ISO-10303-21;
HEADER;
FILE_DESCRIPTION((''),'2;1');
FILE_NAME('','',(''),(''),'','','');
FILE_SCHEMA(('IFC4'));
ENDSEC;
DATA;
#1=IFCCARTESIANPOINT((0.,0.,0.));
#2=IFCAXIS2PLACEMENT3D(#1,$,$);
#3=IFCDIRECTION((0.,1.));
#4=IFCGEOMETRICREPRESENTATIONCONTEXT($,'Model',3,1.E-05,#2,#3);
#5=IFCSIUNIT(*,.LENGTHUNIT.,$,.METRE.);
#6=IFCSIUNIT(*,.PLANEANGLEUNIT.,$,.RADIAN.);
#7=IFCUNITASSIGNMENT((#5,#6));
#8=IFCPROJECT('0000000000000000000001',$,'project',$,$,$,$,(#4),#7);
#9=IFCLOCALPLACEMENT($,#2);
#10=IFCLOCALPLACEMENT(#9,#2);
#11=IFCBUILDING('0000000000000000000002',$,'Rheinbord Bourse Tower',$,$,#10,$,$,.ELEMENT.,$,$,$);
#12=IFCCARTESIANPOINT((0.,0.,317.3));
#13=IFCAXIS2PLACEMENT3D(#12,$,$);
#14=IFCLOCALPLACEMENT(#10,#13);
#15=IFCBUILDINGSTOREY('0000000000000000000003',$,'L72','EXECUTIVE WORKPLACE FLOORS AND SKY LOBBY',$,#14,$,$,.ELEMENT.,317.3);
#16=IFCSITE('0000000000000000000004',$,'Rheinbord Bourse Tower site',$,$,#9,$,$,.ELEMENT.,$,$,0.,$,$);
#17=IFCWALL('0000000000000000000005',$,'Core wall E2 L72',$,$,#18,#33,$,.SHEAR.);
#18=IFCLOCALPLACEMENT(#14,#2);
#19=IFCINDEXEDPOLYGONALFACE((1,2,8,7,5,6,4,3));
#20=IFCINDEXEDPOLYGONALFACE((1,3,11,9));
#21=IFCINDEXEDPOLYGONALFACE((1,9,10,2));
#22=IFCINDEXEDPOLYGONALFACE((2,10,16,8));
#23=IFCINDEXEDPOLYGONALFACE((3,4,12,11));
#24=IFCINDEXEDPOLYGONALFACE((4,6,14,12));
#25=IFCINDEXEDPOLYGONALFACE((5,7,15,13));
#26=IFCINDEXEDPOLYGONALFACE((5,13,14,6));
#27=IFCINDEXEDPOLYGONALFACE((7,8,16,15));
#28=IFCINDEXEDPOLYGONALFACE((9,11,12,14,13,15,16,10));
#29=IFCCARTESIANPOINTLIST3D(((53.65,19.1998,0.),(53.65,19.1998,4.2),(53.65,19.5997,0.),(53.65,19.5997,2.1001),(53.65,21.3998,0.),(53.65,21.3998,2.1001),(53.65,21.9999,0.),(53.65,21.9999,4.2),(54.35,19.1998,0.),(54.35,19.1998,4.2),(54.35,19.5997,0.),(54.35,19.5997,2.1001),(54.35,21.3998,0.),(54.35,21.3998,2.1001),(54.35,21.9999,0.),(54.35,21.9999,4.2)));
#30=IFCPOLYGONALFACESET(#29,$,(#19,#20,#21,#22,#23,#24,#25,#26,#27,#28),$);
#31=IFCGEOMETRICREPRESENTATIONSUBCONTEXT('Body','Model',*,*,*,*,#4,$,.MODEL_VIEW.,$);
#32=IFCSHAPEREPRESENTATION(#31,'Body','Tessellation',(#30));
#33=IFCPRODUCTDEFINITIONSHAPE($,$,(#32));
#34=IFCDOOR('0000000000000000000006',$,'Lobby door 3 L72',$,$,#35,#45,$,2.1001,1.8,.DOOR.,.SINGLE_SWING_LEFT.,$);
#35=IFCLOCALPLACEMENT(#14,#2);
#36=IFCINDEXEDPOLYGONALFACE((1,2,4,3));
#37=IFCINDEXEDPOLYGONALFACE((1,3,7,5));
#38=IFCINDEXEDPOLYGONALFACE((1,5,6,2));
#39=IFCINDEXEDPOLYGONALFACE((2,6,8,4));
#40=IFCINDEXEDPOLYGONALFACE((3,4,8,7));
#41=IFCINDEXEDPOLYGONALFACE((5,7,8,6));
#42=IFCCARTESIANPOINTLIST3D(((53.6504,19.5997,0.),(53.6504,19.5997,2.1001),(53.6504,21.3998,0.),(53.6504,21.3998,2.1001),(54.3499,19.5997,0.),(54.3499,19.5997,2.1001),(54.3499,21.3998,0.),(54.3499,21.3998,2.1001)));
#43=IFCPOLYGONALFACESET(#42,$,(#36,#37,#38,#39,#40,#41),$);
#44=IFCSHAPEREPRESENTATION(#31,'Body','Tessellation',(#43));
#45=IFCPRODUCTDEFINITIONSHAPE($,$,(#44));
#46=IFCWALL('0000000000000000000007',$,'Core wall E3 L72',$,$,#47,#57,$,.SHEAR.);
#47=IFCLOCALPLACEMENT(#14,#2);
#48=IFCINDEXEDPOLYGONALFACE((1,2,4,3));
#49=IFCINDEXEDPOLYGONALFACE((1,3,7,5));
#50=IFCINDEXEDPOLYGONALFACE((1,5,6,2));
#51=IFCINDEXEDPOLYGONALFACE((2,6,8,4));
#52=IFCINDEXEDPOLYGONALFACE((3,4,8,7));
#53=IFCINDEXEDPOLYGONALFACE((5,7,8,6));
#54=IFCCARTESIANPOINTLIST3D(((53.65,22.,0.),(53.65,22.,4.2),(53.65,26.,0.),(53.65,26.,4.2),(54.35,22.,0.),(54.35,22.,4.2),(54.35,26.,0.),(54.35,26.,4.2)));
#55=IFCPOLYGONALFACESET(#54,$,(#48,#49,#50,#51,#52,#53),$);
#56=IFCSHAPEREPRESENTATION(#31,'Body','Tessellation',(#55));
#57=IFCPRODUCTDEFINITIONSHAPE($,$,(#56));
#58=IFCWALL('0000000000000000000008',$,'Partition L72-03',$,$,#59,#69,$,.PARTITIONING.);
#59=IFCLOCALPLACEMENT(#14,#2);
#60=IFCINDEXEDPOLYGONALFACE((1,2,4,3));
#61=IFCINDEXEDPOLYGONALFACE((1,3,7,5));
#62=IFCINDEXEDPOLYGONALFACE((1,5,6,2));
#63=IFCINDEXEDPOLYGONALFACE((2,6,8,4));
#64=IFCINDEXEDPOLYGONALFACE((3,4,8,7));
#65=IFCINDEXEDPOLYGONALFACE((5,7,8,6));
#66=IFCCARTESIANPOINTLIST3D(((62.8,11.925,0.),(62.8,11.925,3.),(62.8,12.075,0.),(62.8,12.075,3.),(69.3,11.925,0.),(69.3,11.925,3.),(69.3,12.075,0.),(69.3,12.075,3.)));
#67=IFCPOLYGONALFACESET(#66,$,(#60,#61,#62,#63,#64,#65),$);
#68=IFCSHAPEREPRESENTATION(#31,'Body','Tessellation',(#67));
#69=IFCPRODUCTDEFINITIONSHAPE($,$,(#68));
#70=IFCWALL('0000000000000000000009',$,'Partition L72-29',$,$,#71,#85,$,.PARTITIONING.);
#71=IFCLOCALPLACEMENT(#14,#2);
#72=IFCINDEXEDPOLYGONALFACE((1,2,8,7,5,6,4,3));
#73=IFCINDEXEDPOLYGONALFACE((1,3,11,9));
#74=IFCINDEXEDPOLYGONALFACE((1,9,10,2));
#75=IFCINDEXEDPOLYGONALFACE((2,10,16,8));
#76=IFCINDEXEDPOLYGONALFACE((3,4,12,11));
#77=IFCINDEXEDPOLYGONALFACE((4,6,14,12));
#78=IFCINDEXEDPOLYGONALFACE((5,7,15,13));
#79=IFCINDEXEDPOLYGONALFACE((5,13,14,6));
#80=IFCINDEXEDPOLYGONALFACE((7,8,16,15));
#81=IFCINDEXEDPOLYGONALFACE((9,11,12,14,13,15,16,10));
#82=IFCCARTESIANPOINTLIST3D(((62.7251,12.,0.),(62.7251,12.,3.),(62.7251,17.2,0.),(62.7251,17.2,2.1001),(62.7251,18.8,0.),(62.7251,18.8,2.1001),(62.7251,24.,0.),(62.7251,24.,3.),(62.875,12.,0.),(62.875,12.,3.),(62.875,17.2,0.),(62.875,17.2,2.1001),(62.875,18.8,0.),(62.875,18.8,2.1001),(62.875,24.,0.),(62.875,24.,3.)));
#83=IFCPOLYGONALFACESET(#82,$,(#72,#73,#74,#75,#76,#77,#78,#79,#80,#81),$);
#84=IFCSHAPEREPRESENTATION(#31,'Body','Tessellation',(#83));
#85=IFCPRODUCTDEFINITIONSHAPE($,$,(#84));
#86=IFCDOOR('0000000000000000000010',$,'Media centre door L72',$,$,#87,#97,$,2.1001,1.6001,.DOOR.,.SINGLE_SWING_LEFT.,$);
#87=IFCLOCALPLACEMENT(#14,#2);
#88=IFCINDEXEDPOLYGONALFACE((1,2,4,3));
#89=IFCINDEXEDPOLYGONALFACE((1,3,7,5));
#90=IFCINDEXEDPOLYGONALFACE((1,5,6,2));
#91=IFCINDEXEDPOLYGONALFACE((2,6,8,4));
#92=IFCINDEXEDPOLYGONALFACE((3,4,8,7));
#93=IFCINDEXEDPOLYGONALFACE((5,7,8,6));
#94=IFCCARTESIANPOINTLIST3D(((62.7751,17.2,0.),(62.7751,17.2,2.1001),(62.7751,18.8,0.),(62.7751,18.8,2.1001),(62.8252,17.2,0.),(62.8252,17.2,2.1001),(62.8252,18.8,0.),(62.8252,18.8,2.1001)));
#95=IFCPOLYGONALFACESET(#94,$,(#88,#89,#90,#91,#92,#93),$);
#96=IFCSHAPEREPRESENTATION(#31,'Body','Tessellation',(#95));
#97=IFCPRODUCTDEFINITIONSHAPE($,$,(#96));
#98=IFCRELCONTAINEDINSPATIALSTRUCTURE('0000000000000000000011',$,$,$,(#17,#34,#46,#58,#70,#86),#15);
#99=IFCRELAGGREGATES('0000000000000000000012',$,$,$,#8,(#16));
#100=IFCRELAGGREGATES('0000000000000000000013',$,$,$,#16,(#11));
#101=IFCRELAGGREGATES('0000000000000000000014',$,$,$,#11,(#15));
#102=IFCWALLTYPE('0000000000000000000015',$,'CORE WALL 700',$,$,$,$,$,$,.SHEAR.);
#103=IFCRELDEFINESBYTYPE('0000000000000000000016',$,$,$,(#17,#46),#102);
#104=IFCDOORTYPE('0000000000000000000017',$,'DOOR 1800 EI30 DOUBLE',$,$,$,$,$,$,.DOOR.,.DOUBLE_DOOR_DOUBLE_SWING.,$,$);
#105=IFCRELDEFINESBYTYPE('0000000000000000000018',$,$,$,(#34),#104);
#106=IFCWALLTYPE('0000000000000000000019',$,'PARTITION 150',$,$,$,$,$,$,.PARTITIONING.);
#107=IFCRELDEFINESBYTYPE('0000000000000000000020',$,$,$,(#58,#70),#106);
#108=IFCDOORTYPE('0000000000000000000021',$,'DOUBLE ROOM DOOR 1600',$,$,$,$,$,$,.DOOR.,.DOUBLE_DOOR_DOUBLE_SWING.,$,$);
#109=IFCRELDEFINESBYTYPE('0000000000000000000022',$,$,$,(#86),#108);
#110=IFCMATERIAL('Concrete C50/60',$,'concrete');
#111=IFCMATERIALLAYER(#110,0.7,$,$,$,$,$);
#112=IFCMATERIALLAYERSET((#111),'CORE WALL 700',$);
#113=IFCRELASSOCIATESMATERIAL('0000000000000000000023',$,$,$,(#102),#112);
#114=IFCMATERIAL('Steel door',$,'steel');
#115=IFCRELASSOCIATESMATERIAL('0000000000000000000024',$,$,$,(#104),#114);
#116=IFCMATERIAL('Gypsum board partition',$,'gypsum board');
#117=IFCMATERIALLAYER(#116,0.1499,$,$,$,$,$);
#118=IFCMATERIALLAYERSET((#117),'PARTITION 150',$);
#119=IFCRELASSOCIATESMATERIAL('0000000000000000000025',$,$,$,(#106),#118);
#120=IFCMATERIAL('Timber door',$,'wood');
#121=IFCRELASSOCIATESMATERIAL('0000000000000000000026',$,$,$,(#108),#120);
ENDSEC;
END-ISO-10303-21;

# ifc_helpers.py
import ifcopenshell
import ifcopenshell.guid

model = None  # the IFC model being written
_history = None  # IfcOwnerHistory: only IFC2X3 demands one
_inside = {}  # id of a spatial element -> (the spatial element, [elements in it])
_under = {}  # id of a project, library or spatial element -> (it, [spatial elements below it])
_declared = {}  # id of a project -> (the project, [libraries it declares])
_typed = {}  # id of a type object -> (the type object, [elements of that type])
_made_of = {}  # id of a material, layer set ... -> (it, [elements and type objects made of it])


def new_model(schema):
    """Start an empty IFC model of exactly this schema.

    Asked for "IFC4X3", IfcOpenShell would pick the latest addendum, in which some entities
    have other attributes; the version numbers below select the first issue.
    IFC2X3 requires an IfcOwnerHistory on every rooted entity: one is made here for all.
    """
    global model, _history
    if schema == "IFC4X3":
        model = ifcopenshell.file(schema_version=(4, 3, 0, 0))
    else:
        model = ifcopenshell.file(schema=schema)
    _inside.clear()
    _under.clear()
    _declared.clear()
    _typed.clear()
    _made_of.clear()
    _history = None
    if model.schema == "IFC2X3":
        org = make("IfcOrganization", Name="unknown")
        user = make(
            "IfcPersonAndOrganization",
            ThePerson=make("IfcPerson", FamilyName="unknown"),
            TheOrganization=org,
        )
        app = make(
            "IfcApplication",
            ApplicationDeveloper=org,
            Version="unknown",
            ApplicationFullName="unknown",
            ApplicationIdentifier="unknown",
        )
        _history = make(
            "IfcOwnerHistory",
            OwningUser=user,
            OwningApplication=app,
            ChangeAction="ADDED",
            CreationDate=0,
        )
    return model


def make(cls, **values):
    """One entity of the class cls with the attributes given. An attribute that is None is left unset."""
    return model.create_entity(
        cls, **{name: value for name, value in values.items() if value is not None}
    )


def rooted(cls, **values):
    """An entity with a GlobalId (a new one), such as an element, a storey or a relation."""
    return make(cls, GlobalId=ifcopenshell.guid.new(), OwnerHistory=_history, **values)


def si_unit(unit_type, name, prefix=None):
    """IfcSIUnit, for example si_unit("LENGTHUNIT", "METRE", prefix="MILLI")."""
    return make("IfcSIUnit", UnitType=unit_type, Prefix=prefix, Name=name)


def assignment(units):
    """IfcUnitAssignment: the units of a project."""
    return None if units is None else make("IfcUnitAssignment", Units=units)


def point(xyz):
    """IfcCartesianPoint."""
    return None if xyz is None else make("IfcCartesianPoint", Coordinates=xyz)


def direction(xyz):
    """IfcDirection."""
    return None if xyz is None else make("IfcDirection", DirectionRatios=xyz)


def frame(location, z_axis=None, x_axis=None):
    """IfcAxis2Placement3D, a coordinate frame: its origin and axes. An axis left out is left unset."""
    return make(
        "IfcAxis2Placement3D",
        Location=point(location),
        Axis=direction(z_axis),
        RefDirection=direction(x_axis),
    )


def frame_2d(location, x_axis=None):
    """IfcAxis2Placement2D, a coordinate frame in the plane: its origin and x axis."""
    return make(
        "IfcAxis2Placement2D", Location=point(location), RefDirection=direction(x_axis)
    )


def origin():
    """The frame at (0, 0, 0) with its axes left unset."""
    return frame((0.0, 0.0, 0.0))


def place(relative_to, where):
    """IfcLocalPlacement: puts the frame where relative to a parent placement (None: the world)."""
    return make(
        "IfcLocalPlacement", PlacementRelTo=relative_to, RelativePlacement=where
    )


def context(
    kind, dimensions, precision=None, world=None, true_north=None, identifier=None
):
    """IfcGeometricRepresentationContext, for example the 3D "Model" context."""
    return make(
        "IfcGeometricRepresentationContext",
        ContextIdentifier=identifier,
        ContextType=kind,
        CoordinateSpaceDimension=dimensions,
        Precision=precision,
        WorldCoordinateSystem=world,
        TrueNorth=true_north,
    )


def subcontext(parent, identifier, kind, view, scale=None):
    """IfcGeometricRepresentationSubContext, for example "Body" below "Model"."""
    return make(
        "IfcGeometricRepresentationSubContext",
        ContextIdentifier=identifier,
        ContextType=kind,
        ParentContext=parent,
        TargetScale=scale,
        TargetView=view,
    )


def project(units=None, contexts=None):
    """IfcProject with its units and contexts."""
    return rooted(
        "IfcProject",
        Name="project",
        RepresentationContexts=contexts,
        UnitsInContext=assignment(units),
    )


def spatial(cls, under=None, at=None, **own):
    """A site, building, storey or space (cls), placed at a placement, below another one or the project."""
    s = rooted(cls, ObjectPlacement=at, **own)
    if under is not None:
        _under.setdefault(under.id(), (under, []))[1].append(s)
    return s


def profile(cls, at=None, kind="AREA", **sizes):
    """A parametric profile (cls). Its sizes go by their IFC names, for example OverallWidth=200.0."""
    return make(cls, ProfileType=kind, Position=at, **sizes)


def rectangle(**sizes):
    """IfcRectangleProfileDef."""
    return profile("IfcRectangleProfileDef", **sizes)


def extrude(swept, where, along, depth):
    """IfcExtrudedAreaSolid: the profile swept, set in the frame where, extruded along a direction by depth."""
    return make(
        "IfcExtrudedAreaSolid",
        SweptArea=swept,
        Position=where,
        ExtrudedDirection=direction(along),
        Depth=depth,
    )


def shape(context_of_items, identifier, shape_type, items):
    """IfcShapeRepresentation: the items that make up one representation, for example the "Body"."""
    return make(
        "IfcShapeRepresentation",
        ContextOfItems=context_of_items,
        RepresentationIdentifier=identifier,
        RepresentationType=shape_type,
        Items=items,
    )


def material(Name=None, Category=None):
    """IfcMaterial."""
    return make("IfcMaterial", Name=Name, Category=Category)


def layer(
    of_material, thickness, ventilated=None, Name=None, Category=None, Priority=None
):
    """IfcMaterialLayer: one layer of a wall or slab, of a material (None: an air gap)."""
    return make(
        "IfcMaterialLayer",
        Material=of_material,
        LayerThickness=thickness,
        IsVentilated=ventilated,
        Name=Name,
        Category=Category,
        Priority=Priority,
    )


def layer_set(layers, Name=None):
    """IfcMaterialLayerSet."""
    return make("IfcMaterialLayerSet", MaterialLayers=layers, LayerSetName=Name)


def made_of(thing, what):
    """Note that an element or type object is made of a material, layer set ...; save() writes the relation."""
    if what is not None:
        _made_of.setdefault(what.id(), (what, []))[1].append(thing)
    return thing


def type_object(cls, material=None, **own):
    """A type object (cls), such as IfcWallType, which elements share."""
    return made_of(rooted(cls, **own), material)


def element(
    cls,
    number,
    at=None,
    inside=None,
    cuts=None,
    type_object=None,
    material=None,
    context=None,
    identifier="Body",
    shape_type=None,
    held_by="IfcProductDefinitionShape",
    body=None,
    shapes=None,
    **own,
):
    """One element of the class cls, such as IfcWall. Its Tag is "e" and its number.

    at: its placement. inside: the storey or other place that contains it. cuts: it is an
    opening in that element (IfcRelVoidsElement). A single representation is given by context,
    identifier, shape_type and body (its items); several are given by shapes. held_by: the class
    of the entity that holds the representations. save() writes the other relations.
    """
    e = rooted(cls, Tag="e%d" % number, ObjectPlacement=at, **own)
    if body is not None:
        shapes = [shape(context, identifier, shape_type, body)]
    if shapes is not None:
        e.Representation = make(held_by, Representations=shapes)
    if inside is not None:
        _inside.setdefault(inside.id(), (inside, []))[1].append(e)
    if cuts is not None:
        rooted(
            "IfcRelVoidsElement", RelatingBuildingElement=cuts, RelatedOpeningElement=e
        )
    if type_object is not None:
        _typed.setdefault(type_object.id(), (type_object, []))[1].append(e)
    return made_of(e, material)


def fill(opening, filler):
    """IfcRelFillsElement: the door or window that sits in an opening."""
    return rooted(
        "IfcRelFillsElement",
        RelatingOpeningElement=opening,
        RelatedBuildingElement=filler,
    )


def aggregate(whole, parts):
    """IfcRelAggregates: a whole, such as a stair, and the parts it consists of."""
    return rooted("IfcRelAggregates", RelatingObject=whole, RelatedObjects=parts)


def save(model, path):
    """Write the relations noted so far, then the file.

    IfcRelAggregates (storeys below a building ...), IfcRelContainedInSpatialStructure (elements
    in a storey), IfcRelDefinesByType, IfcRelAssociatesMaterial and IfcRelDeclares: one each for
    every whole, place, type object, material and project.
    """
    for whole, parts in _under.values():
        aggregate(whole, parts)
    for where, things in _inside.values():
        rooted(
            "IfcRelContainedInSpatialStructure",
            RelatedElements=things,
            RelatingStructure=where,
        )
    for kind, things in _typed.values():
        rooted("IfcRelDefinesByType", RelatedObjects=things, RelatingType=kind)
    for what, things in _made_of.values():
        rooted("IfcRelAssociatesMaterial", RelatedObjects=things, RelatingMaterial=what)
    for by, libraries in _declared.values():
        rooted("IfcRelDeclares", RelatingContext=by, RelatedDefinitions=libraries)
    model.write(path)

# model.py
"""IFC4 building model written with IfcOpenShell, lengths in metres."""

from ifc_helpers import new_model, si_unit, direction, frame, frame_2d, origin, place, context, subcontext, project, spatial, rectangle, extrude, material, layer, layer_set, type_object, element, fill, save


model = new_model("IFC4")

# Units and contexts
model_context = context("Model", 3, precision=1e-05, world=origin(), true_north=direction((0.0, 1.0)))
body_context = subcontext(model_context, "Body", "Model", "MODEL_VIEW")
ifc_project = project(units=[si_unit("LENGTHUNIT", "METRE"), si_unit("PLANEANGLEUNIT", "RADIAN")], contexts=[model_context])

# Site, building, storey
site_placement = place(None, origin())
site = spatial("IfcSite", under=ifc_project, at=site_placement, Name="Rheinbord Bourse Tower site", CompositionType="ELEMENT", RefElevation=0.0)
building_placement = place(site_placement, origin())
building = spatial("IfcBuilding", under=site, at=building_placement, Name="Rheinbord Bourse Tower", CompositionType="ELEMENT")
storey_placement = place(building_placement, frame((0.0, 0.0, 317.3)))
storey = spatial("IfcBuildingStorey", under=building, at=storey_placement, Name="L72", Description="EXECUTIVE WORKPLACE FLOORS AND SKY LOBBY", CompositionType="ELEMENT", Elevation=317.3)

# Shared definitions
ifc_material_1 = material(Name="Concrete C50/60", Category="concrete")
ifc_layer_1 = layer(ifc_material_1, 0.7)
ifc_layer_set_1 = layer_set([ifc_layer_1], Name="CORE WALL 700")
wall_type_1 = type_object("IfcWallType", Name="CORE WALL 700", PredefinedType="SHEAR", material=ifc_layer_set_1)

# Wall, opening, door
wall_1_placement = place(storey_placement, frame((54.0, 19.2, 0.0), z_axis=(0.0, 0.0, 1.0), x_axis=(0.0, 1.0, 0.0)))
wall_1 = element("IfcWall", 1, at=wall_1_placement, inside=storey, type_object=wall_type_1, Name="Core wall E2 L72", PredefinedType="SHEAR", context=body_context, shape_type="SweptSolid", body=[
    extrude(rectangle(XDim=2.8, YDim=0.7, at=frame_2d((1.3999, 0.0))), origin(), (0.0, 0.0, 1.0), 4.2),
])
opening_1_placement = place(wall_1_placement, frame((0.3999, 0.0, 0.0)))
opening_1 = element("IfcOpeningElement", 2, at=opening_1_placement, cuts=wall_1, PredefinedType="OPENING", context=body_context, shape_type="SweptSolid", body=[
    extrude(rectangle(XDim=1.8, YDim=2.1001, at=frame_2d((0.8999, 1.05))), frame((0.0, 0.3599, 0.0), z_axis=(0.0, -1.0, 0.0), x_axis=(1.0, 0.0, 0.0)), (0.0, 0.0, 1.0), 0.72),
])
ifc_material_2 = material(Name="Steel door", Category="steel")
door_type_1 = type_object("IfcDoorType", Name="DOOR 1800 EI30 DOUBLE", OperationType="DOUBLE_DOOR_DOUBLE_SWING", PredefinedType="DOOR", material=ifc_material_2)
door_1_placement = place(opening_1_placement, origin())
door_1 = element("IfcDoor", 3, at=door_1_placement, inside=storey, type_object=door_type_1, Name="Lobby door 3 L72", OperationType="SINGLE_SWING_LEFT", OverallHeight=2.1001, OverallWidth=1.8, PredefinedType="DOOR", context=body_context, shape_type="SweptSolid", body=[
    extrude(rectangle(XDim=1.8, YDim=2.1001, at=frame_2d((0.8999, 1.05))), frame((0.0, 0.3496, 0.0), z_axis=(0.0, -1.0, 0.0), x_axis=(1.0, 0.0, 0.0)), (0.0, 0.0, 1.0), 0.6995),
])
fill(opening_1, door_1)

# Walls
wall_2_placement = place(storey_placement, frame((54.0, 22.0, 0.0), z_axis=(0.0, 0.0, 1.0), x_axis=(0.0, 1.0, 0.0)))
element("IfcWall", 4, at=wall_2_placement, inside=storey, type_object=wall_type_1, Name="Core wall E3 L72", PredefinedType="SHEAR", context=body_context, shape_type="SweptSolid", body=[
    extrude(rectangle(XDim=4.0, YDim=0.7, at=frame_2d((2.0, 0.0))), origin(), (0.0, 0.0, 1.0), 4.2),
])
ifc_material_3 = material(Name="Gypsum board partition", Category="gypsum board")
ifc_layer_2 = layer(ifc_material_3, 0.1499)
ifc_layer_set_2 = layer_set([ifc_layer_2], Name="PARTITION 150")
wall_type_2 = type_object("IfcWallType", Name="PARTITION 150", PredefinedType="PARTITIONING", material=ifc_layer_set_2)
wall_3_placement = place(storey_placement, frame((62.8, 12.0, 0.0), z_axis=(0.0, 0.0, 1.0), x_axis=(1.0, 0.0, 0.0)))
element("IfcWall", 5, at=wall_3_placement, inside=storey, type_object=wall_type_2, Name="Partition L72-03", PredefinedType="PARTITIONING", context=body_context, shape_type="SweptSolid", body=[
    extrude(rectangle(XDim=6.5, YDim=0.1499, at=frame_2d((3.25, 0.0))), origin(), (0.0, 0.0, 1.0), 3.0),
])

# Wall, opening, door
wall_4_placement = place(storey_placement, frame((62.8, 12.0, 0.0), z_axis=(0.0, 0.0, 1.0), x_axis=(0.0, 1.0, 0.0)))
wall_4 = element("IfcWall", 6, at=wall_4_placement, inside=storey, type_object=wall_type_2, Name="Partition L72-29", PredefinedType="PARTITIONING", context=body_context, shape_type="SweptSolid", body=[
    extrude(rectangle(XDim=12.0, YDim=0.1499, at=frame_2d((6.0, 0.0))), origin(), (0.0, 0.0, 1.0), 3.0),
])
opening_2_placement = place(wall_4_placement, frame((5.2, 0.0, 0.0)))
opening_2 = element("IfcOpeningElement", 7, at=opening_2_placement, cuts=wall_4, PredefinedType="OPENING", context=body_context, shape_type="SweptSolid", body=[
    extrude(rectangle(XDim=1.6001, YDim=2.1001, at=frame_2d((0.8, 1.05))), frame((0.0, 0.085, 0.0), z_axis=(0.0, -1.0, 0.0), x_axis=(1.0, 0.0, 0.0)), (0.0, 0.0, 1.0), 0.1699),
])
ifc_material_4 = material(Name="Timber door", Category="wood")
door_type_2 = type_object("IfcDoorType", Name="DOUBLE ROOM DOOR 1600", OperationType="DOUBLE_DOOR_DOUBLE_SWING", PredefinedType="DOOR", material=ifc_material_4)
door_2_placement = place(opening_2_placement, origin())
door_2 = element("IfcDoor", 8, at=door_2_placement, inside=storey, type_object=door_type_2, Name="Media centre door L72", OperationType="SINGLE_SWING_LEFT", OverallHeight=2.1001, OverallWidth=1.6001, PredefinedType="DOOR", context=body_context, shape_type="SweptSolid", body=[
    extrude(rectangle(XDim=1.6001, YDim=2.1001, at=frame_2d((0.8, 1.05))), frame((0.0, 0.0249, 0.0), z_axis=(0.0, -1.0, 0.0), x_axis=(1.0, 0.0, 0.0)), (0.0, 0.0, 1.0), 0.05),
])
fill(opening_2, door_2)

save(model, "model.ifc")
